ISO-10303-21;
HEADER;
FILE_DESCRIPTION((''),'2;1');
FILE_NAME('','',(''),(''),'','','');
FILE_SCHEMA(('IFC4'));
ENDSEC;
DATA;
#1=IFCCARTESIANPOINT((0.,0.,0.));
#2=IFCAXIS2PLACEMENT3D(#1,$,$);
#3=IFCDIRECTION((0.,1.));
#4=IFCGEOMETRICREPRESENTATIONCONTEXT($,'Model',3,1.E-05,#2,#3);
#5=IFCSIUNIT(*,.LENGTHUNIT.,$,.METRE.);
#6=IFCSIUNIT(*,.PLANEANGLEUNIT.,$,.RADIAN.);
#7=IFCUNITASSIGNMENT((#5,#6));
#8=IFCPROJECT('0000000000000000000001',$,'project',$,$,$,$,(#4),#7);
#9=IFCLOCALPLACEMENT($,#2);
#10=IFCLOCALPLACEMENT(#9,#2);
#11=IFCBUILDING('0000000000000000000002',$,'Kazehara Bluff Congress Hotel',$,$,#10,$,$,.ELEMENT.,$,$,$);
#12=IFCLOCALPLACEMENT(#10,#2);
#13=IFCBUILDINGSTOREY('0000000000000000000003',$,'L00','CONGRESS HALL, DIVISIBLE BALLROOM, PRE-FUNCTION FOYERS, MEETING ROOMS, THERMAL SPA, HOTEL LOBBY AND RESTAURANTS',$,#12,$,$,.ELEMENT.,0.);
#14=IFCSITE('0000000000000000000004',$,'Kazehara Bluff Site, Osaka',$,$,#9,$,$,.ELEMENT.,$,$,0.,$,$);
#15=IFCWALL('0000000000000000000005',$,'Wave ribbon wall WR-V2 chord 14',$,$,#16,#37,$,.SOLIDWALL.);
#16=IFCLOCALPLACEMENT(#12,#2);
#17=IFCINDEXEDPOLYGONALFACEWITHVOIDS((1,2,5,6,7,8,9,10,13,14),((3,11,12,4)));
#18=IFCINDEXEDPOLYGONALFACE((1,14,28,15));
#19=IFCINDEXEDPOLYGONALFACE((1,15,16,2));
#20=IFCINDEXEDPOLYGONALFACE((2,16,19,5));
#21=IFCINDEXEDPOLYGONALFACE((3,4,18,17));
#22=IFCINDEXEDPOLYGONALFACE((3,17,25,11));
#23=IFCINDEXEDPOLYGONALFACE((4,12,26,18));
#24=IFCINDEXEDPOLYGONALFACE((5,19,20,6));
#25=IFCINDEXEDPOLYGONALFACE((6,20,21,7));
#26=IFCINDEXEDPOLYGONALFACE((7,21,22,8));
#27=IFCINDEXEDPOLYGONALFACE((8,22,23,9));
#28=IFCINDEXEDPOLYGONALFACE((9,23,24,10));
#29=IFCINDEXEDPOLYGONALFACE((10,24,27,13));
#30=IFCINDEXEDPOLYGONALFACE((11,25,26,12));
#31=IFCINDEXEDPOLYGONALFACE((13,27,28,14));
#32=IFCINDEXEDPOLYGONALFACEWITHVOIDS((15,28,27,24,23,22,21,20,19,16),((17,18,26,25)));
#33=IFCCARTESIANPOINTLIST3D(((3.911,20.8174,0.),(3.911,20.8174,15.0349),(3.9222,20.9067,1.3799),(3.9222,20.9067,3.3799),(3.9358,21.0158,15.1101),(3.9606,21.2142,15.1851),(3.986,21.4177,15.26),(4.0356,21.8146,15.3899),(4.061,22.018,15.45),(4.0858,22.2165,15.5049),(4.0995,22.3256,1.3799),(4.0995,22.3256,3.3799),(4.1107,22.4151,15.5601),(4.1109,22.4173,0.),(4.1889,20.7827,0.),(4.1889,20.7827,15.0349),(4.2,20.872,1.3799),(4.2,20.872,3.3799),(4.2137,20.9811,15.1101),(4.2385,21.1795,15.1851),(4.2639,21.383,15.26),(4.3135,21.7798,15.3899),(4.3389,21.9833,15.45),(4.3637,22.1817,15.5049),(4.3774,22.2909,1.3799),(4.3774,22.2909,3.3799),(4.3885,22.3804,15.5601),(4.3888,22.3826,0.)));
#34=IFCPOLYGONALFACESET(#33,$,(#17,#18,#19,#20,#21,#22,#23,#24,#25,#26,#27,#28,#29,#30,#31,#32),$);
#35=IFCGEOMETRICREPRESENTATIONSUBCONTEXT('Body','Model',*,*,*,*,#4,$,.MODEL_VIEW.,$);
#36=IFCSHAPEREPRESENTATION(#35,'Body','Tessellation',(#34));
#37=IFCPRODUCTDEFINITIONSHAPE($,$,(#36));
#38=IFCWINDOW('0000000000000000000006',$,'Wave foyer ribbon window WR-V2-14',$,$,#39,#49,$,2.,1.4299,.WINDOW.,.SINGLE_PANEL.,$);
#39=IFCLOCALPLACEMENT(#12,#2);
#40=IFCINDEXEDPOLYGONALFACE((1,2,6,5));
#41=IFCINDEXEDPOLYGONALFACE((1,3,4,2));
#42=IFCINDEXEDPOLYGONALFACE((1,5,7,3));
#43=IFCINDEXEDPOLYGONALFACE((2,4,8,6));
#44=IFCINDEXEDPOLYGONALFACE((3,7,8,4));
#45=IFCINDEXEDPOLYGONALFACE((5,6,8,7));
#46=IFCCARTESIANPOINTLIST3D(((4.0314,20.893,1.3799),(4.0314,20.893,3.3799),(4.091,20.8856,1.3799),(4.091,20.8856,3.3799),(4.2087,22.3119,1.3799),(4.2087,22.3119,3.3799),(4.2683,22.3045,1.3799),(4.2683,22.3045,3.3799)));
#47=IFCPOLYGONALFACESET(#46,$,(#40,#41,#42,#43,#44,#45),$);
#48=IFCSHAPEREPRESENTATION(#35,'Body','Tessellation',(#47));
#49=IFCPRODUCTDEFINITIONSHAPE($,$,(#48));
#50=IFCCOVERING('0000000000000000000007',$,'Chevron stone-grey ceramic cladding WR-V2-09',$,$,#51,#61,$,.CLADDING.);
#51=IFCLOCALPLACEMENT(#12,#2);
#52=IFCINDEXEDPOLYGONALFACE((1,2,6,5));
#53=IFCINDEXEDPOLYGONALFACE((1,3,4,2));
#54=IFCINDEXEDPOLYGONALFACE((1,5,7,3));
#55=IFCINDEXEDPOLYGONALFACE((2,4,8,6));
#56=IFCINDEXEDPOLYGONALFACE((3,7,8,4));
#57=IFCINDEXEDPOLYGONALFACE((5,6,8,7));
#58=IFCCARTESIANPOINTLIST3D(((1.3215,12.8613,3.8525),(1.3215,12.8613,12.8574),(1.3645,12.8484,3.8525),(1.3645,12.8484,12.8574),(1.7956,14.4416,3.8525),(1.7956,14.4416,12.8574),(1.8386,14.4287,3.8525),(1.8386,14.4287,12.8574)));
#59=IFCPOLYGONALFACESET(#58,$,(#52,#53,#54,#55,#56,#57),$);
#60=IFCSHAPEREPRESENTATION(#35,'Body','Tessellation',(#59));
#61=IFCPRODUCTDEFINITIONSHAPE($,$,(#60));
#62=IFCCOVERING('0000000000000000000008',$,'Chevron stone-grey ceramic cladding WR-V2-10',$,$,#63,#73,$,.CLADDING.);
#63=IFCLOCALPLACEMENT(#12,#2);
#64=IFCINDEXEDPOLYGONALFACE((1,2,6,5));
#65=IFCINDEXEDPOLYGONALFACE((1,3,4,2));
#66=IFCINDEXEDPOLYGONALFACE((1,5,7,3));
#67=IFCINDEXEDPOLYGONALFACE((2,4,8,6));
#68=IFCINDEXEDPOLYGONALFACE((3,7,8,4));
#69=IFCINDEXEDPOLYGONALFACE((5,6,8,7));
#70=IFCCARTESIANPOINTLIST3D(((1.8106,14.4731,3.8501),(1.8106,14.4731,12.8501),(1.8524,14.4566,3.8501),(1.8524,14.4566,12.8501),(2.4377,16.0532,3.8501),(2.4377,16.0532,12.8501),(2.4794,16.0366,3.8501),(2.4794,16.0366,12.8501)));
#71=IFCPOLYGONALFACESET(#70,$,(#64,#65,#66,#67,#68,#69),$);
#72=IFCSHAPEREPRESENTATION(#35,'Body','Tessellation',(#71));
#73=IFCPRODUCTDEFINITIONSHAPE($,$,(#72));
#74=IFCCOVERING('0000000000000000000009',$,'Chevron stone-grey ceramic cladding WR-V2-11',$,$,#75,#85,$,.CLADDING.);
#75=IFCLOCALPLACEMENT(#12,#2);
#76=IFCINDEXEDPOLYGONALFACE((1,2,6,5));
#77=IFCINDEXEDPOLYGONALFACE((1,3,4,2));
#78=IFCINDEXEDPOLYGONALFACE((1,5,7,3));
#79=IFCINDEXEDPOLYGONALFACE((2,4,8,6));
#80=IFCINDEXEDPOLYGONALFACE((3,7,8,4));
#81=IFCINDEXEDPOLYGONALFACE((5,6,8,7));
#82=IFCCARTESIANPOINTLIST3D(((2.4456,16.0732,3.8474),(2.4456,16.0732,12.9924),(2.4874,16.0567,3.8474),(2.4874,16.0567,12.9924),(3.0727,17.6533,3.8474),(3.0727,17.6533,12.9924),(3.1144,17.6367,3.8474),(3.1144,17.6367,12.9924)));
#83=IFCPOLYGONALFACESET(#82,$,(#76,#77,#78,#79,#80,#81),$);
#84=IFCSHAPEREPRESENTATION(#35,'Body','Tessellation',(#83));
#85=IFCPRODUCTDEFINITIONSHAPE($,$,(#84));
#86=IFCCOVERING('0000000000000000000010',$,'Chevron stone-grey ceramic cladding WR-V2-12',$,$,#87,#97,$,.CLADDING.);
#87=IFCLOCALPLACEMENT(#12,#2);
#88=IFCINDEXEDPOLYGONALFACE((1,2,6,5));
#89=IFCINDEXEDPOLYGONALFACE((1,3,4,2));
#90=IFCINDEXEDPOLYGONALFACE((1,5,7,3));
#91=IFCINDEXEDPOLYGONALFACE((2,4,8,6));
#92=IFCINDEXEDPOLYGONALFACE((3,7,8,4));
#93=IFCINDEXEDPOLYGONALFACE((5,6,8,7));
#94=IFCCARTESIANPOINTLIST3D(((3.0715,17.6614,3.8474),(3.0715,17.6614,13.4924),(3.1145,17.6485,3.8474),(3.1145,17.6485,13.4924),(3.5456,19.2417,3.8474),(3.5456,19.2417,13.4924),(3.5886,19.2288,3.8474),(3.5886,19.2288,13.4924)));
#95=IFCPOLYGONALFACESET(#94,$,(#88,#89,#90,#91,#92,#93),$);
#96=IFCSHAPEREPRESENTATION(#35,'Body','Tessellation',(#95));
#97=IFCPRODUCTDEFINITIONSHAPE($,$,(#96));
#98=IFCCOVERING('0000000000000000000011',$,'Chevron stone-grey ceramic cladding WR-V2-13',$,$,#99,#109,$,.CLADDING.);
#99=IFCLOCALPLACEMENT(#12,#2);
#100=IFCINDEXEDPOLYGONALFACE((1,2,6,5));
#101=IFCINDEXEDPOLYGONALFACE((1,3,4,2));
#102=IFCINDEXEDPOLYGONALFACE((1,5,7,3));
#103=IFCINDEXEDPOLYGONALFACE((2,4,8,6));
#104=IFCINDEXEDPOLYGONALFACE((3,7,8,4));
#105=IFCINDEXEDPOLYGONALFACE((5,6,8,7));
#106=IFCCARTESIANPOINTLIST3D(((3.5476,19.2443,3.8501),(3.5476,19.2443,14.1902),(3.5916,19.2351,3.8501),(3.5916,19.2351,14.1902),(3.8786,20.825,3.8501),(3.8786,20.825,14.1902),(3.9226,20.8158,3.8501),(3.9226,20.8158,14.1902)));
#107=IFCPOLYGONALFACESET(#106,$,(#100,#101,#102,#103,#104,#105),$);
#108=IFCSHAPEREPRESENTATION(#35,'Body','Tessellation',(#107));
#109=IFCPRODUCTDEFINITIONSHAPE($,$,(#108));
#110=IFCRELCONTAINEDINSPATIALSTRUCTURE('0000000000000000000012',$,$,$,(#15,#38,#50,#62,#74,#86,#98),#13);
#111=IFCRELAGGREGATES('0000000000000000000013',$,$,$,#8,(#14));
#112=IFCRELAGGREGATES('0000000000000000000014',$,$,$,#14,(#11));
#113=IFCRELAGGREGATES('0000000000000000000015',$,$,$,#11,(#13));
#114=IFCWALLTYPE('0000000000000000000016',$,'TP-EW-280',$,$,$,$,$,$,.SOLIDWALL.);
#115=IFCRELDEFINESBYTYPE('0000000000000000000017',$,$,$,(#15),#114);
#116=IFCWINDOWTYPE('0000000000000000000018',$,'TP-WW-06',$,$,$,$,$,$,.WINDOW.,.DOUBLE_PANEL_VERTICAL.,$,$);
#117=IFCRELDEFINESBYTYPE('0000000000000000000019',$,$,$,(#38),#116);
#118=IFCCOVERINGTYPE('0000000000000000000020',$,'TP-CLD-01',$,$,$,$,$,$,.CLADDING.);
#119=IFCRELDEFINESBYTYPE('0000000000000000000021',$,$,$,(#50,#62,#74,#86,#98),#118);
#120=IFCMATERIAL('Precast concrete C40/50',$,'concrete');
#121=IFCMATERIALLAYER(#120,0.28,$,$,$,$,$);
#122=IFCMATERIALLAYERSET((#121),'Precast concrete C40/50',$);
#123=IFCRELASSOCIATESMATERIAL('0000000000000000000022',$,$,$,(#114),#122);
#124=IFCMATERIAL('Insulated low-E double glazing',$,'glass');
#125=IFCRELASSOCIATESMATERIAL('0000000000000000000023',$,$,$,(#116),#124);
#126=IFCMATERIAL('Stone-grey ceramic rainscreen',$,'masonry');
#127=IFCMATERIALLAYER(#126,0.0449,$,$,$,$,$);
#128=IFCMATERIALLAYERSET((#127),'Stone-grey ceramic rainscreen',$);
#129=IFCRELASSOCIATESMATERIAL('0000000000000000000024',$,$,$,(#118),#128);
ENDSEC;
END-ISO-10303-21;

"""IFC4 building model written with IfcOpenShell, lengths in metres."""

from ifc_helpers import new_model, si_unit, direction, frame, frame_2d, origin, origin_2d, place, context, subcontext, project, spatial, polyline, rectangle, outline, extrude, material, layer, layer_set, type_object, element, fill, save


model = new_model("IFC4")

# Units and contexts
model_context = context("Model", 3, precision=1e-05, world=origin(), true_north=direction((0.0, 1.0)))
body_context = subcontext(model_context, "Body", "Model", "MODEL_VIEW")
ifc_project = project(units=[si_unit("LENGTHUNIT", "METRE"), si_unit("PLANEANGLEUNIT", "RADIAN")], contexts=[model_context])

# Site, building, storey
site_placement = place(None, origin())
site = spatial("IfcSite", under=ifc_project, at=site_placement, Name="Kazehara Bluff Site, Osaka", CompositionType="ELEMENT", RefElevation=0.0)
building_placement = place(site_placement, origin())
building = spatial("IfcBuilding", under=site, at=building_placement, Name="Kazehara Bluff Congress Hotel", CompositionType="ELEMENT")
storey_placement = place(building_placement, origin())
storey = spatial("IfcBuildingStorey", under=building, at=storey_placement, Name="L00", Description="CONGRESS HALL, DIVISIBLE BALLROOM, PRE-FUNCTION FOYERS, MEETING ROOMS, THERMAL SPA, HOTEL LOBBY AND RESTAURANTS", CompositionType="ELEMENT", Elevation=0.0)

# Wall, opening, window
ifc_material_1 = material(Name="Precast concrete C40/50", Category="concrete")
ifc_layer_1 = layer(ifc_material_1, 0.28)
ifc_layer_set_1 = layer_set([ifc_layer_1], Name="Precast concrete C40/50")
wall_type = type_object("IfcWallType", Name="TP-EW-280", PredefinedType="SOLIDWALL", material=ifc_layer_set_1)
wall_1_placement = place(storey_placement, frame((4.05, 20.8, 0.0), z_axis=(0.0, 0.0, 1.0), x_axis=(0.124016, 0.99228, 0.0)))
wall_1 = element("IfcWall", 1, at=wall_1_placement, inside=storey, type_object=wall_type, Name="Wave ribbon wall WR-V2 chord 14", PredefinedType="SOLIDWALL", context=body_context, shape_type="SweptSolid", body=[
    extrude(outline(polyline([(0.0, 0.0), (1.6123, 0.0), (1.6101, 15.5601), (1.4099, 15.5049), (1.21, 15.45), (1.0049, 15.3899), (0.8049, 15.325), (0.605, 15.26), (0.3999, 15.1851), (0.2, 15.1101), (0.0, 15.0349), (0.0, 0.0)])), frame((0.0, 0.1401, 0.0), z_axis=(0.0, -1.0, 0.0), x_axis=(1.0, 0.0, 0.0)), (0.0, 0.0, 1.0), 0.28),
])
opening_1_placement = place(wall_1_placement, frame((0.0901, 0.0, 1.3799)))
opening_1 = element("IfcOpeningElement", 2, at=opening_1_placement, cuts=wall_1, PredefinedType="OPENING", context=body_context, shape_type="SweptSolid", body=[
    extrude(rectangle(XDim=1.4299, YDim=2.0, at=frame_2d((0.7148, 1.0))), frame((0.0, 0.1499, 0.0), z_axis=(0.0, -1.0, 0.0), x_axis=(1.0, 0.0, 0.0)), (0.0, 0.0, 1.0), 0.3),
])
ifc_material_2 = material(Name="Insulated low-E double glazing", Category="glass")
window_type_1 = type_object("IfcWindowType", Name="TP-WW-06", PartitioningType="DOUBLE_PANEL_VERTICAL", PredefinedType="WINDOW", material=ifc_material_2)
window_1_placement = place(opening_1_placement, origin())
window_1 = element("IfcWindow", 3, at=window_1_placement, inside=storey, type_object=window_type_1, Name="Wave foyer ribbon window WR-V2-14", OverallHeight=2.0, OverallWidth=1.4299, PartitioningType="SINGLE_PANEL", PredefinedType="WINDOW", context=body_context, shape_type="SweptSolid", body=[
    extrude(rectangle(XDim=1.4299, YDim=2.0, at=frame_2d((0.7148, 1.0))), frame((0.0, 0.03, 0.0), z_axis=(0.0, -1.0, 0.0), x_axis=(1.0, 0.0, 0.0)), (0.0, 0.0, 1.0), 0.0601),
])
fill(opening_1, window_1)

# Coverings
ifc_material_3 = material(Name="Stone-grey ceramic rainscreen", Category="masonry")
ifc_layer_2 = layer(ifc_material_3, 0.0449)
ifc_layer_set_2 = layer_set([ifc_layer_2], Name="Stone-grey ceramic rainscreen")
covering_type_1 = type_object("IfcCoveringType", Name="TP-CLD-01", PredefinedType="CLADDING", material=ifc_layer_set_2)
covering_1_placement = place(storey_placement, frame((1.5801, 13.645, 3.8525), z_axis=(0.0, 0.0, 1.0), x_axis=(0.287347, 0.957827, 0.0)))
element("IfcCovering", 4, at=covering_1_placement, inside=storey, type_object=covering_type_1, Name="Chevron stone-grey ceramic cladding WR-V2-09", PredefinedType="CLADDING", context=body_context, shape_type="SweptSolid", body=[
    extrude(rectangle(XDim=1.6499, YDim=0.0449, at=origin_2d()), origin(), (0.0, 0.0, 1.0), 9.0049),
])
covering_2_placement = place(storey_placement, frame((2.145, 15.2549, 3.8501), z_axis=(0.0, 0.0, 1.0), x_axis=(0.368886, 0.929475, 0.0)))
element("IfcCovering", 5, at=covering_2_placement, inside=storey, type_object=covering_type_1, Name="Chevron stone-grey ceramic cladding WR-V2-10", PredefinedType="CLADDING", context=body_context, shape_type="SweptSolid", body=[
    extrude(rectangle(XDim=1.7, YDim=0.0449, at=origin_2d()), origin(), (0.0, 0.0, 1.0), 9.0),
])
covering_3_placement = place(storey_placement, frame((2.78, 16.855, 3.8474), z_axis=(0.0, 0.0, 1.0), x_axis=(0.368886, 0.929475, 0.0)))
element("IfcCovering", 6, at=covering_3_placement, inside=storey, type_object=covering_type_1, Name="Chevron stone-grey ceramic cladding WR-V2-11", PredefinedType="CLADDING", context=body_context, shape_type="SweptSolid", body=[
    extrude(rectangle(XDim=1.7, YDim=0.0449, at=origin_2d()), origin(), (0.0, 0.0, 1.0), 9.145),
])
covering_4_placement = place(storey_placement, frame((3.3301, 18.4451, 3.8474), z_axis=(0.0, 0.0, 1.0), x_axis=(0.287347, 0.957827, 0.0)))
element("IfcCovering", 7, at=covering_4_placement, inside=storey, type_object=covering_type_1, Name="Chevron stone-grey ceramic cladding WR-V2-12", PredefinedType="CLADDING", context=body_context, shape_type="SweptSolid", body=[
    extrude(rectangle(XDim=1.6499, YDim=0.0449, at=origin_2d()), origin(), (0.0, 0.0, 1.0), 9.645),
])
covering_5_placement = place(storey_placement, frame((3.7351, 20.03, 3.8501), z_axis=(0.0, 0.0, 1.0), x_axis=(0.204932, 0.978776, 0.0)))
element("IfcCovering", 8, at=covering_5_placement, inside=storey, type_object=covering_type_1, Name="Chevron stone-grey ceramic cladding WR-V2-13", PredefinedType="CLADDING", context=body_context, shape_type="SweptSolid", body=[
    extrude(rectangle(XDim=1.615, YDim=0.0449, at=origin_2d()), origin(), (0.0, 0.0, 1.0), 10.3401),
])

save(model, "model.ifc")
